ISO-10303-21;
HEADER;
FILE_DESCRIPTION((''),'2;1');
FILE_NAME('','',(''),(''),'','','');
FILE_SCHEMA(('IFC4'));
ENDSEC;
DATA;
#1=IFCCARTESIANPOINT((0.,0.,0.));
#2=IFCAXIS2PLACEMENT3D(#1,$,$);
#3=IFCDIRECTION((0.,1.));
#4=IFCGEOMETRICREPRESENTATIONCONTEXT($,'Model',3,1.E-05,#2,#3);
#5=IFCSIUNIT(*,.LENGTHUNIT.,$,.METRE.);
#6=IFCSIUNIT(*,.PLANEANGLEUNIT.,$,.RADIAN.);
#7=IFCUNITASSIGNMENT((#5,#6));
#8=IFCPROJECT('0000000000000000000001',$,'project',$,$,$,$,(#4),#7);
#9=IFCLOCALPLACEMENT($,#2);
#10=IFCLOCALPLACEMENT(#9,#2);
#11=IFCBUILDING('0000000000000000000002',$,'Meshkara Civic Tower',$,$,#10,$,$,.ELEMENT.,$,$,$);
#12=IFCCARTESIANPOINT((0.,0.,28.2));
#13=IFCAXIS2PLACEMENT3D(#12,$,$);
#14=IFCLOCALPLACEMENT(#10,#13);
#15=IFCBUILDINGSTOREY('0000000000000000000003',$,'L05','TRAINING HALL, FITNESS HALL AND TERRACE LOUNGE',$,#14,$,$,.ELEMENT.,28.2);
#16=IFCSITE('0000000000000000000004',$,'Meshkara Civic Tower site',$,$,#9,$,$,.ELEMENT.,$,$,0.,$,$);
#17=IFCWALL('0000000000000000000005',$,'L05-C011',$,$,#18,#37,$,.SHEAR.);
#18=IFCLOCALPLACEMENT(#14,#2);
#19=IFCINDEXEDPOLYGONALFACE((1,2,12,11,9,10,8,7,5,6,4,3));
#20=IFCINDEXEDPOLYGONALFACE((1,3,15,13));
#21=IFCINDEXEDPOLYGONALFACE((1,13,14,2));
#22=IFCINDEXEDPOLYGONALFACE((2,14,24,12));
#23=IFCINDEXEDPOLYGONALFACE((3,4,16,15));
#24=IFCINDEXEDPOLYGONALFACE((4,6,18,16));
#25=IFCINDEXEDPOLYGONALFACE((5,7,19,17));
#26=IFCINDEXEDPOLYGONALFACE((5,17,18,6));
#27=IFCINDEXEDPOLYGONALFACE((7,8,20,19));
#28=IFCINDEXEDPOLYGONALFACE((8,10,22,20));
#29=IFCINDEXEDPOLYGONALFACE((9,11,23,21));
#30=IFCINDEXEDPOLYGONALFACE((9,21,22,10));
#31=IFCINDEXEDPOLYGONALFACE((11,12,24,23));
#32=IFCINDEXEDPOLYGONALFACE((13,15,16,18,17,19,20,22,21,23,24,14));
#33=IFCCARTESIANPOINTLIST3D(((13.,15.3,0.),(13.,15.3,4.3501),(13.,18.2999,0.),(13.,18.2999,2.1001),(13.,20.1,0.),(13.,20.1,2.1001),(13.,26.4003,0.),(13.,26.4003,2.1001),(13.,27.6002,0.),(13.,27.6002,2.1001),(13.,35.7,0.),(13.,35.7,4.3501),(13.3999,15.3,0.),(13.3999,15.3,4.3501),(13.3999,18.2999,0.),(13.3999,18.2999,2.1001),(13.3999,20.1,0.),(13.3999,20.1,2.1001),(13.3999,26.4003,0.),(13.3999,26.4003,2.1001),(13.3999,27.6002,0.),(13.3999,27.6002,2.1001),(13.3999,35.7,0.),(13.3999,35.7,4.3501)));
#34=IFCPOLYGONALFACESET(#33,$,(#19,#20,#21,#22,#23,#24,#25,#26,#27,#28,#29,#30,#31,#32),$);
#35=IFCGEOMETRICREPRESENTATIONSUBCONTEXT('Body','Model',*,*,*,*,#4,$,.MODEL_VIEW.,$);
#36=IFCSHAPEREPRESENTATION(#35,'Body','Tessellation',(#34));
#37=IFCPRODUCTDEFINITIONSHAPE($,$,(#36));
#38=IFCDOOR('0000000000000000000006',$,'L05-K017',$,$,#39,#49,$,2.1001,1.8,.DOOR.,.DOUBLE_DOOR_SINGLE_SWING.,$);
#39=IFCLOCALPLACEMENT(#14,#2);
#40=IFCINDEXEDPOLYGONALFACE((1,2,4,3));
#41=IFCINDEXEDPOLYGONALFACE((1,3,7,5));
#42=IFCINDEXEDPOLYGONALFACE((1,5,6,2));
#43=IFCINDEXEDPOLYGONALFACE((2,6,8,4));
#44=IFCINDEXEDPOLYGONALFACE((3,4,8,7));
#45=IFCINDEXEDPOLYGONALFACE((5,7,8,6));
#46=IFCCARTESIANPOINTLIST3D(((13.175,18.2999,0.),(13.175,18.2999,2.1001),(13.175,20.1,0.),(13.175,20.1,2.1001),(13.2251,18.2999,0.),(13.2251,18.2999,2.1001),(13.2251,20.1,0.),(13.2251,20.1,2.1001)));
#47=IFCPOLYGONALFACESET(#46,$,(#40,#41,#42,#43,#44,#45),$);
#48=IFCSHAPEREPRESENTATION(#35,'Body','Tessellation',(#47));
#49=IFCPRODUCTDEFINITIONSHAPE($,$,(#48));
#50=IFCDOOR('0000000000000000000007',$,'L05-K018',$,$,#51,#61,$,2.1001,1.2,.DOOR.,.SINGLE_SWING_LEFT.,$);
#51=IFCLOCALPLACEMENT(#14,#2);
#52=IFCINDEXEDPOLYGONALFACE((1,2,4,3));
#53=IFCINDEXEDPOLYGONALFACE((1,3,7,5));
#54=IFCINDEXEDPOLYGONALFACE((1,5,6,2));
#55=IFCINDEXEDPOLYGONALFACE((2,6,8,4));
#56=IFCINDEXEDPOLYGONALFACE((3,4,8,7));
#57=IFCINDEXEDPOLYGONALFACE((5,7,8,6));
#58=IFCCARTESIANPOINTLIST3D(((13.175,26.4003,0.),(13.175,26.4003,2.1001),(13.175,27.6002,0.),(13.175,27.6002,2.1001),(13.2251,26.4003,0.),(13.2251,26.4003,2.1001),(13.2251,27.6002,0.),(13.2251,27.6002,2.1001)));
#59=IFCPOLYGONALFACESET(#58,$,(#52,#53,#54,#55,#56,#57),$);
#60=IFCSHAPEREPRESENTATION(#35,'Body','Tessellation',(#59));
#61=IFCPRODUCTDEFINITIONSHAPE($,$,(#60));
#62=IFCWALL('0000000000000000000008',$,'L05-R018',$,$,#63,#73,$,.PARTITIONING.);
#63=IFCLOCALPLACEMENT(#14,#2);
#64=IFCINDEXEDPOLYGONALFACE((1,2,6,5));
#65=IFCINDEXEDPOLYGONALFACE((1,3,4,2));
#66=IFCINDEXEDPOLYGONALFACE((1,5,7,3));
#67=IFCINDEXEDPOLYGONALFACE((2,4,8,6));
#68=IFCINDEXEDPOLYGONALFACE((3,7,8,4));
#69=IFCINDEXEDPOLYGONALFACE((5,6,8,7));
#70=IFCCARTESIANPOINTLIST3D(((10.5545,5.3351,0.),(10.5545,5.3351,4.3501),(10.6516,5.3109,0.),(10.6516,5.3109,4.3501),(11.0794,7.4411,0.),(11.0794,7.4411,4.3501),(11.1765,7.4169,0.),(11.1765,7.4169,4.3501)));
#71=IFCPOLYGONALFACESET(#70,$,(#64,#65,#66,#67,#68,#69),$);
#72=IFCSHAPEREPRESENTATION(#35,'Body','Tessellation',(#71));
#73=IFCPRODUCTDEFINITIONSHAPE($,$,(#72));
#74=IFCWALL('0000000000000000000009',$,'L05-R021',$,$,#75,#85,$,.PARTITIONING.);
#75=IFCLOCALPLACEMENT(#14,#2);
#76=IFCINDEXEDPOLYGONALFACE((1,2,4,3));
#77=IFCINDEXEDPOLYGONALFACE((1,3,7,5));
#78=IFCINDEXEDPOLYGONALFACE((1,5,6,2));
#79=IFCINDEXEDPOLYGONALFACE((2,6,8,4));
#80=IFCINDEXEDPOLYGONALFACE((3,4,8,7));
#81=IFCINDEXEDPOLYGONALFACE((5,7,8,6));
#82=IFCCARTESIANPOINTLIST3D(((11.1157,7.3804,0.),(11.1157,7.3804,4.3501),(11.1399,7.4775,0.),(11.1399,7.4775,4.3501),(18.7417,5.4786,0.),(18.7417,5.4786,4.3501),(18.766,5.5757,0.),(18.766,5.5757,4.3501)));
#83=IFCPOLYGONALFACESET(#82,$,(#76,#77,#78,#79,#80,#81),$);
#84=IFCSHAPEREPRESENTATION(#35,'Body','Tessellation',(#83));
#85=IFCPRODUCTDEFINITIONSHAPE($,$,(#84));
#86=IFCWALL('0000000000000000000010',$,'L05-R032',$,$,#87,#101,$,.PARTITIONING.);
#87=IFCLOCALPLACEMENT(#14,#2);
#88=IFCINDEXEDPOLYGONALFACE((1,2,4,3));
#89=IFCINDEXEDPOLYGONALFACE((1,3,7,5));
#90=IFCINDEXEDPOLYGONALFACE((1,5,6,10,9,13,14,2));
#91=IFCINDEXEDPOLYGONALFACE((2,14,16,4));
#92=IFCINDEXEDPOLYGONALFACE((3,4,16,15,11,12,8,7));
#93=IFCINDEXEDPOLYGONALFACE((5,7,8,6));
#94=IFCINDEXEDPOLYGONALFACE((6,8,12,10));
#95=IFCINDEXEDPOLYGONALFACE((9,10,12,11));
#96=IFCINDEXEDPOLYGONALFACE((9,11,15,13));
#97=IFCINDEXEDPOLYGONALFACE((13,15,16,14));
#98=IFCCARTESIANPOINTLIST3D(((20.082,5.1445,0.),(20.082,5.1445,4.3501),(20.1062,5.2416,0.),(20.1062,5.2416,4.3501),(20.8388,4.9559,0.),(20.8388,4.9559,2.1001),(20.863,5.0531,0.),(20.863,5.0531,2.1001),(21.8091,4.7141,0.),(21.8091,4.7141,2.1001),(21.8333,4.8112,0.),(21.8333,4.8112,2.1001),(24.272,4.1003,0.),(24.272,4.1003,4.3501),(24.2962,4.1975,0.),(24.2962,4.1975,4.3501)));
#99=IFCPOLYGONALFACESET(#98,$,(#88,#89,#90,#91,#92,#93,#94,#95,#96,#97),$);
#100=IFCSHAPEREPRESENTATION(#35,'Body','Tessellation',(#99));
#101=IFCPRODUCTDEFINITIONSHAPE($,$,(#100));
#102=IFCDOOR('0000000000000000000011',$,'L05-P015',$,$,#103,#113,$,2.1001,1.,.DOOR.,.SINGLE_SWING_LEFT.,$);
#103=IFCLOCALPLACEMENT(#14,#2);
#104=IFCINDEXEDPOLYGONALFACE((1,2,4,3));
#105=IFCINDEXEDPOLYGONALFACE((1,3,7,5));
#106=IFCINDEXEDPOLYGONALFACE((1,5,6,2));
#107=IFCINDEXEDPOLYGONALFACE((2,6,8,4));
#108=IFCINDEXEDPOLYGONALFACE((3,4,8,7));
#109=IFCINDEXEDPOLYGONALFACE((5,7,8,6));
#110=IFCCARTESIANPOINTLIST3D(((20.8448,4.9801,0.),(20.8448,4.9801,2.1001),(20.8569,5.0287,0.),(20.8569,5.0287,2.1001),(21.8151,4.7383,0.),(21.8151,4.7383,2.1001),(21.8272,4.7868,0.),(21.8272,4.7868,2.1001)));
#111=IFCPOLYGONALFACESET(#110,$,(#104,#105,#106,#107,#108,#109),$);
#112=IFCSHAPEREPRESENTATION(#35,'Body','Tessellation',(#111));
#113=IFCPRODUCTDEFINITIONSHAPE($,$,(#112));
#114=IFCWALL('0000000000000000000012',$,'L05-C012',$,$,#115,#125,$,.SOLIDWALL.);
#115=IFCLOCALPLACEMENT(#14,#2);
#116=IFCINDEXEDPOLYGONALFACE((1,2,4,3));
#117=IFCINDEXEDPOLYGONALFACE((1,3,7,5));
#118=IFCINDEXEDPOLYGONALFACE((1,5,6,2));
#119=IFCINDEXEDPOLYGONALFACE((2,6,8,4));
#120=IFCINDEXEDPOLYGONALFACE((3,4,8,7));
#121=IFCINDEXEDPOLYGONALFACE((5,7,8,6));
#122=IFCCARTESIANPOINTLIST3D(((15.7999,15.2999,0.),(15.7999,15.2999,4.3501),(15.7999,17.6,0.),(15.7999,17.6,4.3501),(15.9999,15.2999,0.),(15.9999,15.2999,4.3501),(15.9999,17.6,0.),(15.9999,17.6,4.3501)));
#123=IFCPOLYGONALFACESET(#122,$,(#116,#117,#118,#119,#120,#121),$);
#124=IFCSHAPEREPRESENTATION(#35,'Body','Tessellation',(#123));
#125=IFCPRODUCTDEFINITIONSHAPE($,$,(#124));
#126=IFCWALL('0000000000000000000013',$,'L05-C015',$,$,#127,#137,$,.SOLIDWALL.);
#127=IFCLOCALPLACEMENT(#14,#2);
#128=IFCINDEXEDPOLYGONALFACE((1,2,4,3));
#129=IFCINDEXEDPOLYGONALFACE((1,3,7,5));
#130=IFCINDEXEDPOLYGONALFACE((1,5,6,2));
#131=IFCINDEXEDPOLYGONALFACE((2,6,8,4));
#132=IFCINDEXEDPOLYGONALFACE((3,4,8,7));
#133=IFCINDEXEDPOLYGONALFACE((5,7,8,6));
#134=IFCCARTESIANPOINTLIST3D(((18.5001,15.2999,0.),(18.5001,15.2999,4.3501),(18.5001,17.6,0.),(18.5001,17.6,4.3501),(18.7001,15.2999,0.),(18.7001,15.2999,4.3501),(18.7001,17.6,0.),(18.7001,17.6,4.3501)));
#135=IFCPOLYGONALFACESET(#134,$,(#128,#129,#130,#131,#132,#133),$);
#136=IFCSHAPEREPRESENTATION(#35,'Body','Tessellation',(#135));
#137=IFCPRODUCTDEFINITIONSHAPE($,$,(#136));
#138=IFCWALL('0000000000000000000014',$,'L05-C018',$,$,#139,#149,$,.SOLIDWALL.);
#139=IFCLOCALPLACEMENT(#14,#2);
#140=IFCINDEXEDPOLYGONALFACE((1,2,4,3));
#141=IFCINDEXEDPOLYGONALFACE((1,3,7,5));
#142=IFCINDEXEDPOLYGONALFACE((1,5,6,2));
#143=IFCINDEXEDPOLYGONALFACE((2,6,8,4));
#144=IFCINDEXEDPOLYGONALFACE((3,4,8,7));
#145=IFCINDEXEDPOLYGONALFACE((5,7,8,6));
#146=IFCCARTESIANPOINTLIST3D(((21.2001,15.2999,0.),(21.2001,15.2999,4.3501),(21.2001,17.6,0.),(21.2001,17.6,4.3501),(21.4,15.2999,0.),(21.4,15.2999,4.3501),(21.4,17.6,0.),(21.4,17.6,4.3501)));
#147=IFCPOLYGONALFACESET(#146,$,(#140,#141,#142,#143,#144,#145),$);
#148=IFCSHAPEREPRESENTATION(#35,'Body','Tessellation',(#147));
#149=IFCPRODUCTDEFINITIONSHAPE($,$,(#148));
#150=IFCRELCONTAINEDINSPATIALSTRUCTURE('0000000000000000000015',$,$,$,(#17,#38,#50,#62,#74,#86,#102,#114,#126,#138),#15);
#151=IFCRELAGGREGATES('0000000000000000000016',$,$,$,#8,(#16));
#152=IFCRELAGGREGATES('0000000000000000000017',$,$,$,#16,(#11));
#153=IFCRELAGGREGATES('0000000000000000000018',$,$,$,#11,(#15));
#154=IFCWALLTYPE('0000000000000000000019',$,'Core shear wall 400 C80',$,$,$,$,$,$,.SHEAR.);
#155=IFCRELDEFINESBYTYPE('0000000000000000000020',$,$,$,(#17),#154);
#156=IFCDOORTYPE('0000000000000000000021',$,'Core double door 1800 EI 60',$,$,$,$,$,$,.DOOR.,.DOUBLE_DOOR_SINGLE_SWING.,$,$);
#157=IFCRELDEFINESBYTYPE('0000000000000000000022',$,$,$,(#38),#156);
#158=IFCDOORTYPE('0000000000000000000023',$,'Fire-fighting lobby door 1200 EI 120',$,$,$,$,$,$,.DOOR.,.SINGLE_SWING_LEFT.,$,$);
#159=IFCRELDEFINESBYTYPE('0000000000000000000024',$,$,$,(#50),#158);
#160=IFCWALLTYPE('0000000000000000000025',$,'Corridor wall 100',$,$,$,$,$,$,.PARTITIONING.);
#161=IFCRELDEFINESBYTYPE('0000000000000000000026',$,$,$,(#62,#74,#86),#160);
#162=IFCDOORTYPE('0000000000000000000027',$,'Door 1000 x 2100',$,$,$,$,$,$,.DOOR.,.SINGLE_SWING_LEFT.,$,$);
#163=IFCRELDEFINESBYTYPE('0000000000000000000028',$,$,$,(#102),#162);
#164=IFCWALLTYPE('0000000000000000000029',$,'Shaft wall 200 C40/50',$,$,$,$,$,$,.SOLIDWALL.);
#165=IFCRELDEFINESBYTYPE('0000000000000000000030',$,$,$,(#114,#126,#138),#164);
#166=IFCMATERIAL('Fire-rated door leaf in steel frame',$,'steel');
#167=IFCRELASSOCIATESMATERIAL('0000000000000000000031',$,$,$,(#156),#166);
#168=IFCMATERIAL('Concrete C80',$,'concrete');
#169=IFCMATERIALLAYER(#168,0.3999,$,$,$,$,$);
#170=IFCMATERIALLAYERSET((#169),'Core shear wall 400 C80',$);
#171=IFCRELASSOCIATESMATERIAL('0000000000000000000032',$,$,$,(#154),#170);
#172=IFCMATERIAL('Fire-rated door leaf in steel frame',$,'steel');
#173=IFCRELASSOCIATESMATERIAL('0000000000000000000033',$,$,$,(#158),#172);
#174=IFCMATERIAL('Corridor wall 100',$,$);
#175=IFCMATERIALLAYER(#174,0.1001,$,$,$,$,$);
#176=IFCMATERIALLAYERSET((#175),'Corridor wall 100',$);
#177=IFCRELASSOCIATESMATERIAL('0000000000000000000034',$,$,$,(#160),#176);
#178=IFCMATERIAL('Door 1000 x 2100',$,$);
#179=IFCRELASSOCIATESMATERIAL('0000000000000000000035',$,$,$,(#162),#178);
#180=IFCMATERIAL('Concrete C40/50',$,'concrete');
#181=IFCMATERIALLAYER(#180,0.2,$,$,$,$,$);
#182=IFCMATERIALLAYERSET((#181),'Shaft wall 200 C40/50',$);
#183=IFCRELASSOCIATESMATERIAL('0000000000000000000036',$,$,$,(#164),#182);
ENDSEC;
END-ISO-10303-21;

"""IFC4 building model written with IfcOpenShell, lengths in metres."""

from ifc_helpers import new_model, si_unit, direction, frame, frame_2d, origin, place, context, subcontext, project, spatial, rectangle, extrude, material, layer, layer_set, type_object, element, fill, save


model = new_model("IFC4")

# Units and contexts
model_context = context("Model", 3, precision=1e-05, world=origin(), true_north=direction((0.0, 1.0)))
body_context = subcontext(model_context, "Body", "Model", "MODEL_VIEW")
ifc_project = project(units=[si_unit("LENGTHUNIT", "METRE"), si_unit("PLANEANGLEUNIT", "RADIAN")], contexts=[model_context])

# Site, building, storey
site_placement = place(None, origin())
site = spatial("IfcSite", under=ifc_project, at=site_placement, Name="Meshkara Civic Tower site", CompositionType="ELEMENT", RefElevation=0.0)
building_placement = place(site_placement, origin())
building = spatial("IfcBuilding", under=site, at=building_placement, Name="Meshkara Civic Tower", CompositionType="ELEMENT")
storey_placement = place(building_placement, frame((0.0, 0.0, 28.2)))
storey = spatial("IfcBuildingStorey", under=building, at=storey_placement, Name="L05", Description="TRAINING HALL, FITNESS HALL AND TERRACE LOUNGE", CompositionType="ELEMENT", Elevation=28.2)

# Shared definitions
ifc_material_1 = material(Name="Fire-rated door leaf in steel frame", Category="steel")
door_type_1 = type_object("IfcDoorType", Name="Core double door 1800 EI 60", OperationType="DOUBLE_DOOR_SINGLE_SWING", PredefinedType="DOOR", material=ifc_material_1)

# Wall, openings, doors
ifc_material_2 = material(Name="Concrete C80", Category="concrete")
ifc_layer_1 = layer(ifc_material_2, 0.3999)
ifc_layer_set_1 = layer_set([ifc_layer_1], Name="Core shear wall 400 C80")
wall_type_1 = type_object("IfcWallType", Name="Core shear wall 400 C80", PredefinedType="SHEAR", material=ifc_layer_set_1)
wall_1_placement = place(storey_placement, frame((13.2, 15.3, 0.0), z_axis=(0.0, 0.0, 1.0), x_axis=(0.0, 1.0, 0.0)))
wall_1 = element("IfcWall", 1, at=wall_1_placement, inside=storey, type_object=wall_type_1, Name="L05-C011", PredefinedType="SHEAR", context=body_context, shape_type="SweptSolid", body=[
    extrude(rectangle(XDim=20.3999, YDim=0.3999, at=frame_2d((10.2, 0.0))), origin(), (0.0, 0.0, 1.0), 4.3501),
])
opening_1_placement = place(wall_1_placement, frame((3.0, 0.0, 0.0)))
opening_1 = element("IfcOpeningElement", 2, at=opening_1_placement, cuts=wall_1, PredefinedType="OPENING", context=body_context, shape_type="SweptSolid", body=[
    extrude(rectangle(XDim=1.8, YDim=2.1001, at=frame_2d((0.8999, 1.05))), frame((0.0, 0.21, 0.0), z_axis=(0.0, -1.0, 0.0), x_axis=(1.0, 0.0, 0.0)), (0.0, 0.0, 1.0), 0.4199),
])
opening_2_placement = place(wall_1_placement, frame((11.1001, 0.0, 0.0)))
opening_2 = element("IfcOpeningElement", 3, at=opening_2_placement, cuts=wall_1, PredefinedType="OPENING", context=body_context, shape_type="SweptSolid", body=[
    extrude(rectangle(XDim=1.2, YDim=2.1001, at=frame_2d((0.6001, 1.05))), frame((0.0, 0.21, 0.0), z_axis=(0.0, -1.0, 0.0), x_axis=(1.0, 0.0, 0.0)), (0.0, 0.0, 1.0), 0.4199),
])
door_1_placement = place(opening_1_placement, origin())
door_1 = element("IfcDoor", 4, at=door_1_placement, inside=storey, type_object=door_type_1, Name="L05-K017", OperationType="DOUBLE_DOOR_SINGLE_SWING", OverallHeight=2.1001, OverallWidth=1.8, PredefinedType="DOOR", context=body_context, shape_type="SweptSolid", body=[
    extrude(rectangle(XDim=1.8, YDim=2.1001, at=frame_2d((0.8999, 1.05))), frame((0.0, 0.0249, 0.0), z_axis=(0.0, -1.0, 0.0), x_axis=(1.0, 0.0, 0.0)), (0.0, 0.0, 1.0), 0.05),
])
fill(opening_1, door_1)
ifc_material_3 = material(Name="Fire-rated door leaf in steel frame", Category="steel")
door_type_2 = type_object("IfcDoorType", Name="Fire-fighting lobby door 1200 EI 120", OperationType="SINGLE_SWING_LEFT", PredefinedType="DOOR", material=ifc_material_3)
door_2_placement = place(opening_2_placement, origin())
door_2 = element("IfcDoor", 5, at=door_2_placement, inside=storey, type_object=door_type_2, Name="L05-K018", OperationType="SINGLE_SWING_LEFT", OverallHeight=2.1001, OverallWidth=1.2, PredefinedType="DOOR", context=body_context, shape_type="SweptSolid", body=[
    extrude(rectangle(XDim=1.2, YDim=2.1001, at=frame_2d((0.6001, 1.05))), frame((0.0, 0.0249, 0.0), z_axis=(0.0, -1.0, 0.0), x_axis=(1.0, 0.0, 0.0)), (0.0, 0.0, 1.0), 0.05),
])
fill(opening_2, door_2)

# Walls
ifc_material_4 = material(Name="Corridor wall 100")
ifc_layer_2 = layer(ifc_material_4, 0.1001)
ifc_layer_set_2 = layer_set([ifc_layer_2], Name="Corridor wall 100")
wall_type_2 = type_object("IfcWallType", Name="Corridor wall 100", PredefinedType="PARTITIONING", material=ifc_layer_set_2)
wall_2_placement = place(storey_placement, frame((10.603, 5.323, 0.0), z_axis=(0.0, 0.0, 1.0), x_axis=(0.241847, 0.970314, 0.0)))
element("IfcWall", 6, at=wall_2_placement, inside=storey, type_object=wall_type_2, Name="L05-R018", PredefinedType="PARTITIONING", context=body_context, shape_type="SweptSolid", body=[
    extrude(rectangle(XDim=2.1704, YDim=0.1001, at=frame_2d((1.0852, 0.0))), origin(), (0.0, 0.0, 1.0), 4.3501),
])
wall_3_placement = place(storey_placement, frame((11.1279, 7.429, 0.0), z_axis=(0.0, 0.0, 1.0), x_axis=(0.970281, -0.24198, 0.0)))
element("IfcWall", 7, at=wall_3_placement, inside=storey, type_object=wall_type_2, Name="L05-R021", PredefinedType="PARTITIONING", context=body_context, shape_type="SweptSolid", body=[
    extrude(rectangle(XDim=7.8596, YDim=0.1001, at=frame_2d((3.9297, 0.0))), origin(), (0.0, 0.0, 1.0), 4.3501),
])

# Wall, opening, door
wall_4_placement = place(storey_placement, frame((20.094, 5.1931, 0.0), z_axis=(0.0, 0.0, 1.0), x_axis=(0.970322, -0.241817, 0.0)))
wall_4 = element("IfcWall", 8, at=wall_4_placement, inside=storey, type_object=wall_type_2, Name="L05-R032", PredefinedType="PARTITIONING", context=body_context, shape_type="SweptSolid", body=[
    extrude(rectangle(XDim=4.3181, YDim=0.1001, at=frame_2d((2.1592, 0.0))), origin(), (0.0, 0.0, 1.0), 4.3501),
])
opening_3_placement = place(wall_4_placement, frame((0.78, 0.0, 0.0)))
opening_3 = element("IfcOpeningElement", 9, at=opening_3_placement, cuts=wall_4, PredefinedType="OPENING", context=body_context, shape_type="SweptSolid", body=[
    extrude(rectangle(XDim=1.0, YDim=2.1001, at=frame_2d((0.5, 1.05))), frame((0.0, 0.0601, 0.0), z_axis=(0.0, -1.0, 0.0), x_axis=(1.0, 0.0, 0.0)), (0.0, 0.0, 1.0), 0.1201),
])
ifc_material_5 = material(Name="Door 1000 x 2100")
door_type_3 = type_object("IfcDoorType", Name="Door 1000 x 2100", OperationType="SINGLE_SWING_LEFT", PredefinedType="DOOR", material=ifc_material_5)
door_3_placement = place(opening_3_placement, origin())
door_3 = element("IfcDoor", 10, at=door_3_placement, inside=storey, type_object=door_type_3, Name="L05-P015", OperationType="SINGLE_SWING_LEFT", OverallHeight=2.1001, OverallWidth=1.0, PredefinedType="DOOR", context=body_context, shape_type="SweptSolid", body=[
    extrude(rectangle(XDim=1.0, YDim=2.1001, at=frame_2d((0.5, 1.05))), frame((0.0, 0.0249, 0.0), z_axis=(0.0, -1.0, 0.0), x_axis=(1.0, 0.0, 0.0)), (0.0, 0.0, 1.0), 0.05),
])
fill(opening_3, door_3)

# Walls
ifc_material_6 = material(Name="Concrete C40/50", Category="concrete")
ifc_layer_3 = layer(ifc_material_6, 0.2)
ifc_layer_set_3 = layer_set([ifc_layer_3], Name="Shaft wall 200 C40/50")
wall_type_3 = type_object("IfcWallType", Name="Shaft wall 200 C40/50", PredefinedType="SOLIDWALL", material=ifc_layer_set_3)
for number, where, z_axis, x_axis, name in (
    (11, (15.8999, 15.3, 0.0), (0.0, 0.0, 1.0), (0.0, 1.0, 0.0), "L05-C012"),
    (12, (18.6001, 15.3, 0.0), (0.0, 0.0, 1.0), (0.0, 1.0, 0.0), "L05-C015"),
    (13, (21.3, 15.3, 0.0), (0.0, 0.0, 1.0), (0.0, 1.0, 0.0), "L05-C018"),
):
    element("IfcWall", number, at=place(storey_placement, frame(where, z_axis=z_axis, x_axis=x_axis)), inside=storey, type_object=wall_type_3, Name=name, PredefinedType="SOLIDWALL", context=body_context, shape_type="SweptSolid", body=[
        extrude(rectangle(XDim=2.3, YDim=0.2, at=frame_2d((1.1499, 0.0))), origin(), (0.0, 0.0, 1.0), 4.3501),
    ])

save(model, "model.ifc")
